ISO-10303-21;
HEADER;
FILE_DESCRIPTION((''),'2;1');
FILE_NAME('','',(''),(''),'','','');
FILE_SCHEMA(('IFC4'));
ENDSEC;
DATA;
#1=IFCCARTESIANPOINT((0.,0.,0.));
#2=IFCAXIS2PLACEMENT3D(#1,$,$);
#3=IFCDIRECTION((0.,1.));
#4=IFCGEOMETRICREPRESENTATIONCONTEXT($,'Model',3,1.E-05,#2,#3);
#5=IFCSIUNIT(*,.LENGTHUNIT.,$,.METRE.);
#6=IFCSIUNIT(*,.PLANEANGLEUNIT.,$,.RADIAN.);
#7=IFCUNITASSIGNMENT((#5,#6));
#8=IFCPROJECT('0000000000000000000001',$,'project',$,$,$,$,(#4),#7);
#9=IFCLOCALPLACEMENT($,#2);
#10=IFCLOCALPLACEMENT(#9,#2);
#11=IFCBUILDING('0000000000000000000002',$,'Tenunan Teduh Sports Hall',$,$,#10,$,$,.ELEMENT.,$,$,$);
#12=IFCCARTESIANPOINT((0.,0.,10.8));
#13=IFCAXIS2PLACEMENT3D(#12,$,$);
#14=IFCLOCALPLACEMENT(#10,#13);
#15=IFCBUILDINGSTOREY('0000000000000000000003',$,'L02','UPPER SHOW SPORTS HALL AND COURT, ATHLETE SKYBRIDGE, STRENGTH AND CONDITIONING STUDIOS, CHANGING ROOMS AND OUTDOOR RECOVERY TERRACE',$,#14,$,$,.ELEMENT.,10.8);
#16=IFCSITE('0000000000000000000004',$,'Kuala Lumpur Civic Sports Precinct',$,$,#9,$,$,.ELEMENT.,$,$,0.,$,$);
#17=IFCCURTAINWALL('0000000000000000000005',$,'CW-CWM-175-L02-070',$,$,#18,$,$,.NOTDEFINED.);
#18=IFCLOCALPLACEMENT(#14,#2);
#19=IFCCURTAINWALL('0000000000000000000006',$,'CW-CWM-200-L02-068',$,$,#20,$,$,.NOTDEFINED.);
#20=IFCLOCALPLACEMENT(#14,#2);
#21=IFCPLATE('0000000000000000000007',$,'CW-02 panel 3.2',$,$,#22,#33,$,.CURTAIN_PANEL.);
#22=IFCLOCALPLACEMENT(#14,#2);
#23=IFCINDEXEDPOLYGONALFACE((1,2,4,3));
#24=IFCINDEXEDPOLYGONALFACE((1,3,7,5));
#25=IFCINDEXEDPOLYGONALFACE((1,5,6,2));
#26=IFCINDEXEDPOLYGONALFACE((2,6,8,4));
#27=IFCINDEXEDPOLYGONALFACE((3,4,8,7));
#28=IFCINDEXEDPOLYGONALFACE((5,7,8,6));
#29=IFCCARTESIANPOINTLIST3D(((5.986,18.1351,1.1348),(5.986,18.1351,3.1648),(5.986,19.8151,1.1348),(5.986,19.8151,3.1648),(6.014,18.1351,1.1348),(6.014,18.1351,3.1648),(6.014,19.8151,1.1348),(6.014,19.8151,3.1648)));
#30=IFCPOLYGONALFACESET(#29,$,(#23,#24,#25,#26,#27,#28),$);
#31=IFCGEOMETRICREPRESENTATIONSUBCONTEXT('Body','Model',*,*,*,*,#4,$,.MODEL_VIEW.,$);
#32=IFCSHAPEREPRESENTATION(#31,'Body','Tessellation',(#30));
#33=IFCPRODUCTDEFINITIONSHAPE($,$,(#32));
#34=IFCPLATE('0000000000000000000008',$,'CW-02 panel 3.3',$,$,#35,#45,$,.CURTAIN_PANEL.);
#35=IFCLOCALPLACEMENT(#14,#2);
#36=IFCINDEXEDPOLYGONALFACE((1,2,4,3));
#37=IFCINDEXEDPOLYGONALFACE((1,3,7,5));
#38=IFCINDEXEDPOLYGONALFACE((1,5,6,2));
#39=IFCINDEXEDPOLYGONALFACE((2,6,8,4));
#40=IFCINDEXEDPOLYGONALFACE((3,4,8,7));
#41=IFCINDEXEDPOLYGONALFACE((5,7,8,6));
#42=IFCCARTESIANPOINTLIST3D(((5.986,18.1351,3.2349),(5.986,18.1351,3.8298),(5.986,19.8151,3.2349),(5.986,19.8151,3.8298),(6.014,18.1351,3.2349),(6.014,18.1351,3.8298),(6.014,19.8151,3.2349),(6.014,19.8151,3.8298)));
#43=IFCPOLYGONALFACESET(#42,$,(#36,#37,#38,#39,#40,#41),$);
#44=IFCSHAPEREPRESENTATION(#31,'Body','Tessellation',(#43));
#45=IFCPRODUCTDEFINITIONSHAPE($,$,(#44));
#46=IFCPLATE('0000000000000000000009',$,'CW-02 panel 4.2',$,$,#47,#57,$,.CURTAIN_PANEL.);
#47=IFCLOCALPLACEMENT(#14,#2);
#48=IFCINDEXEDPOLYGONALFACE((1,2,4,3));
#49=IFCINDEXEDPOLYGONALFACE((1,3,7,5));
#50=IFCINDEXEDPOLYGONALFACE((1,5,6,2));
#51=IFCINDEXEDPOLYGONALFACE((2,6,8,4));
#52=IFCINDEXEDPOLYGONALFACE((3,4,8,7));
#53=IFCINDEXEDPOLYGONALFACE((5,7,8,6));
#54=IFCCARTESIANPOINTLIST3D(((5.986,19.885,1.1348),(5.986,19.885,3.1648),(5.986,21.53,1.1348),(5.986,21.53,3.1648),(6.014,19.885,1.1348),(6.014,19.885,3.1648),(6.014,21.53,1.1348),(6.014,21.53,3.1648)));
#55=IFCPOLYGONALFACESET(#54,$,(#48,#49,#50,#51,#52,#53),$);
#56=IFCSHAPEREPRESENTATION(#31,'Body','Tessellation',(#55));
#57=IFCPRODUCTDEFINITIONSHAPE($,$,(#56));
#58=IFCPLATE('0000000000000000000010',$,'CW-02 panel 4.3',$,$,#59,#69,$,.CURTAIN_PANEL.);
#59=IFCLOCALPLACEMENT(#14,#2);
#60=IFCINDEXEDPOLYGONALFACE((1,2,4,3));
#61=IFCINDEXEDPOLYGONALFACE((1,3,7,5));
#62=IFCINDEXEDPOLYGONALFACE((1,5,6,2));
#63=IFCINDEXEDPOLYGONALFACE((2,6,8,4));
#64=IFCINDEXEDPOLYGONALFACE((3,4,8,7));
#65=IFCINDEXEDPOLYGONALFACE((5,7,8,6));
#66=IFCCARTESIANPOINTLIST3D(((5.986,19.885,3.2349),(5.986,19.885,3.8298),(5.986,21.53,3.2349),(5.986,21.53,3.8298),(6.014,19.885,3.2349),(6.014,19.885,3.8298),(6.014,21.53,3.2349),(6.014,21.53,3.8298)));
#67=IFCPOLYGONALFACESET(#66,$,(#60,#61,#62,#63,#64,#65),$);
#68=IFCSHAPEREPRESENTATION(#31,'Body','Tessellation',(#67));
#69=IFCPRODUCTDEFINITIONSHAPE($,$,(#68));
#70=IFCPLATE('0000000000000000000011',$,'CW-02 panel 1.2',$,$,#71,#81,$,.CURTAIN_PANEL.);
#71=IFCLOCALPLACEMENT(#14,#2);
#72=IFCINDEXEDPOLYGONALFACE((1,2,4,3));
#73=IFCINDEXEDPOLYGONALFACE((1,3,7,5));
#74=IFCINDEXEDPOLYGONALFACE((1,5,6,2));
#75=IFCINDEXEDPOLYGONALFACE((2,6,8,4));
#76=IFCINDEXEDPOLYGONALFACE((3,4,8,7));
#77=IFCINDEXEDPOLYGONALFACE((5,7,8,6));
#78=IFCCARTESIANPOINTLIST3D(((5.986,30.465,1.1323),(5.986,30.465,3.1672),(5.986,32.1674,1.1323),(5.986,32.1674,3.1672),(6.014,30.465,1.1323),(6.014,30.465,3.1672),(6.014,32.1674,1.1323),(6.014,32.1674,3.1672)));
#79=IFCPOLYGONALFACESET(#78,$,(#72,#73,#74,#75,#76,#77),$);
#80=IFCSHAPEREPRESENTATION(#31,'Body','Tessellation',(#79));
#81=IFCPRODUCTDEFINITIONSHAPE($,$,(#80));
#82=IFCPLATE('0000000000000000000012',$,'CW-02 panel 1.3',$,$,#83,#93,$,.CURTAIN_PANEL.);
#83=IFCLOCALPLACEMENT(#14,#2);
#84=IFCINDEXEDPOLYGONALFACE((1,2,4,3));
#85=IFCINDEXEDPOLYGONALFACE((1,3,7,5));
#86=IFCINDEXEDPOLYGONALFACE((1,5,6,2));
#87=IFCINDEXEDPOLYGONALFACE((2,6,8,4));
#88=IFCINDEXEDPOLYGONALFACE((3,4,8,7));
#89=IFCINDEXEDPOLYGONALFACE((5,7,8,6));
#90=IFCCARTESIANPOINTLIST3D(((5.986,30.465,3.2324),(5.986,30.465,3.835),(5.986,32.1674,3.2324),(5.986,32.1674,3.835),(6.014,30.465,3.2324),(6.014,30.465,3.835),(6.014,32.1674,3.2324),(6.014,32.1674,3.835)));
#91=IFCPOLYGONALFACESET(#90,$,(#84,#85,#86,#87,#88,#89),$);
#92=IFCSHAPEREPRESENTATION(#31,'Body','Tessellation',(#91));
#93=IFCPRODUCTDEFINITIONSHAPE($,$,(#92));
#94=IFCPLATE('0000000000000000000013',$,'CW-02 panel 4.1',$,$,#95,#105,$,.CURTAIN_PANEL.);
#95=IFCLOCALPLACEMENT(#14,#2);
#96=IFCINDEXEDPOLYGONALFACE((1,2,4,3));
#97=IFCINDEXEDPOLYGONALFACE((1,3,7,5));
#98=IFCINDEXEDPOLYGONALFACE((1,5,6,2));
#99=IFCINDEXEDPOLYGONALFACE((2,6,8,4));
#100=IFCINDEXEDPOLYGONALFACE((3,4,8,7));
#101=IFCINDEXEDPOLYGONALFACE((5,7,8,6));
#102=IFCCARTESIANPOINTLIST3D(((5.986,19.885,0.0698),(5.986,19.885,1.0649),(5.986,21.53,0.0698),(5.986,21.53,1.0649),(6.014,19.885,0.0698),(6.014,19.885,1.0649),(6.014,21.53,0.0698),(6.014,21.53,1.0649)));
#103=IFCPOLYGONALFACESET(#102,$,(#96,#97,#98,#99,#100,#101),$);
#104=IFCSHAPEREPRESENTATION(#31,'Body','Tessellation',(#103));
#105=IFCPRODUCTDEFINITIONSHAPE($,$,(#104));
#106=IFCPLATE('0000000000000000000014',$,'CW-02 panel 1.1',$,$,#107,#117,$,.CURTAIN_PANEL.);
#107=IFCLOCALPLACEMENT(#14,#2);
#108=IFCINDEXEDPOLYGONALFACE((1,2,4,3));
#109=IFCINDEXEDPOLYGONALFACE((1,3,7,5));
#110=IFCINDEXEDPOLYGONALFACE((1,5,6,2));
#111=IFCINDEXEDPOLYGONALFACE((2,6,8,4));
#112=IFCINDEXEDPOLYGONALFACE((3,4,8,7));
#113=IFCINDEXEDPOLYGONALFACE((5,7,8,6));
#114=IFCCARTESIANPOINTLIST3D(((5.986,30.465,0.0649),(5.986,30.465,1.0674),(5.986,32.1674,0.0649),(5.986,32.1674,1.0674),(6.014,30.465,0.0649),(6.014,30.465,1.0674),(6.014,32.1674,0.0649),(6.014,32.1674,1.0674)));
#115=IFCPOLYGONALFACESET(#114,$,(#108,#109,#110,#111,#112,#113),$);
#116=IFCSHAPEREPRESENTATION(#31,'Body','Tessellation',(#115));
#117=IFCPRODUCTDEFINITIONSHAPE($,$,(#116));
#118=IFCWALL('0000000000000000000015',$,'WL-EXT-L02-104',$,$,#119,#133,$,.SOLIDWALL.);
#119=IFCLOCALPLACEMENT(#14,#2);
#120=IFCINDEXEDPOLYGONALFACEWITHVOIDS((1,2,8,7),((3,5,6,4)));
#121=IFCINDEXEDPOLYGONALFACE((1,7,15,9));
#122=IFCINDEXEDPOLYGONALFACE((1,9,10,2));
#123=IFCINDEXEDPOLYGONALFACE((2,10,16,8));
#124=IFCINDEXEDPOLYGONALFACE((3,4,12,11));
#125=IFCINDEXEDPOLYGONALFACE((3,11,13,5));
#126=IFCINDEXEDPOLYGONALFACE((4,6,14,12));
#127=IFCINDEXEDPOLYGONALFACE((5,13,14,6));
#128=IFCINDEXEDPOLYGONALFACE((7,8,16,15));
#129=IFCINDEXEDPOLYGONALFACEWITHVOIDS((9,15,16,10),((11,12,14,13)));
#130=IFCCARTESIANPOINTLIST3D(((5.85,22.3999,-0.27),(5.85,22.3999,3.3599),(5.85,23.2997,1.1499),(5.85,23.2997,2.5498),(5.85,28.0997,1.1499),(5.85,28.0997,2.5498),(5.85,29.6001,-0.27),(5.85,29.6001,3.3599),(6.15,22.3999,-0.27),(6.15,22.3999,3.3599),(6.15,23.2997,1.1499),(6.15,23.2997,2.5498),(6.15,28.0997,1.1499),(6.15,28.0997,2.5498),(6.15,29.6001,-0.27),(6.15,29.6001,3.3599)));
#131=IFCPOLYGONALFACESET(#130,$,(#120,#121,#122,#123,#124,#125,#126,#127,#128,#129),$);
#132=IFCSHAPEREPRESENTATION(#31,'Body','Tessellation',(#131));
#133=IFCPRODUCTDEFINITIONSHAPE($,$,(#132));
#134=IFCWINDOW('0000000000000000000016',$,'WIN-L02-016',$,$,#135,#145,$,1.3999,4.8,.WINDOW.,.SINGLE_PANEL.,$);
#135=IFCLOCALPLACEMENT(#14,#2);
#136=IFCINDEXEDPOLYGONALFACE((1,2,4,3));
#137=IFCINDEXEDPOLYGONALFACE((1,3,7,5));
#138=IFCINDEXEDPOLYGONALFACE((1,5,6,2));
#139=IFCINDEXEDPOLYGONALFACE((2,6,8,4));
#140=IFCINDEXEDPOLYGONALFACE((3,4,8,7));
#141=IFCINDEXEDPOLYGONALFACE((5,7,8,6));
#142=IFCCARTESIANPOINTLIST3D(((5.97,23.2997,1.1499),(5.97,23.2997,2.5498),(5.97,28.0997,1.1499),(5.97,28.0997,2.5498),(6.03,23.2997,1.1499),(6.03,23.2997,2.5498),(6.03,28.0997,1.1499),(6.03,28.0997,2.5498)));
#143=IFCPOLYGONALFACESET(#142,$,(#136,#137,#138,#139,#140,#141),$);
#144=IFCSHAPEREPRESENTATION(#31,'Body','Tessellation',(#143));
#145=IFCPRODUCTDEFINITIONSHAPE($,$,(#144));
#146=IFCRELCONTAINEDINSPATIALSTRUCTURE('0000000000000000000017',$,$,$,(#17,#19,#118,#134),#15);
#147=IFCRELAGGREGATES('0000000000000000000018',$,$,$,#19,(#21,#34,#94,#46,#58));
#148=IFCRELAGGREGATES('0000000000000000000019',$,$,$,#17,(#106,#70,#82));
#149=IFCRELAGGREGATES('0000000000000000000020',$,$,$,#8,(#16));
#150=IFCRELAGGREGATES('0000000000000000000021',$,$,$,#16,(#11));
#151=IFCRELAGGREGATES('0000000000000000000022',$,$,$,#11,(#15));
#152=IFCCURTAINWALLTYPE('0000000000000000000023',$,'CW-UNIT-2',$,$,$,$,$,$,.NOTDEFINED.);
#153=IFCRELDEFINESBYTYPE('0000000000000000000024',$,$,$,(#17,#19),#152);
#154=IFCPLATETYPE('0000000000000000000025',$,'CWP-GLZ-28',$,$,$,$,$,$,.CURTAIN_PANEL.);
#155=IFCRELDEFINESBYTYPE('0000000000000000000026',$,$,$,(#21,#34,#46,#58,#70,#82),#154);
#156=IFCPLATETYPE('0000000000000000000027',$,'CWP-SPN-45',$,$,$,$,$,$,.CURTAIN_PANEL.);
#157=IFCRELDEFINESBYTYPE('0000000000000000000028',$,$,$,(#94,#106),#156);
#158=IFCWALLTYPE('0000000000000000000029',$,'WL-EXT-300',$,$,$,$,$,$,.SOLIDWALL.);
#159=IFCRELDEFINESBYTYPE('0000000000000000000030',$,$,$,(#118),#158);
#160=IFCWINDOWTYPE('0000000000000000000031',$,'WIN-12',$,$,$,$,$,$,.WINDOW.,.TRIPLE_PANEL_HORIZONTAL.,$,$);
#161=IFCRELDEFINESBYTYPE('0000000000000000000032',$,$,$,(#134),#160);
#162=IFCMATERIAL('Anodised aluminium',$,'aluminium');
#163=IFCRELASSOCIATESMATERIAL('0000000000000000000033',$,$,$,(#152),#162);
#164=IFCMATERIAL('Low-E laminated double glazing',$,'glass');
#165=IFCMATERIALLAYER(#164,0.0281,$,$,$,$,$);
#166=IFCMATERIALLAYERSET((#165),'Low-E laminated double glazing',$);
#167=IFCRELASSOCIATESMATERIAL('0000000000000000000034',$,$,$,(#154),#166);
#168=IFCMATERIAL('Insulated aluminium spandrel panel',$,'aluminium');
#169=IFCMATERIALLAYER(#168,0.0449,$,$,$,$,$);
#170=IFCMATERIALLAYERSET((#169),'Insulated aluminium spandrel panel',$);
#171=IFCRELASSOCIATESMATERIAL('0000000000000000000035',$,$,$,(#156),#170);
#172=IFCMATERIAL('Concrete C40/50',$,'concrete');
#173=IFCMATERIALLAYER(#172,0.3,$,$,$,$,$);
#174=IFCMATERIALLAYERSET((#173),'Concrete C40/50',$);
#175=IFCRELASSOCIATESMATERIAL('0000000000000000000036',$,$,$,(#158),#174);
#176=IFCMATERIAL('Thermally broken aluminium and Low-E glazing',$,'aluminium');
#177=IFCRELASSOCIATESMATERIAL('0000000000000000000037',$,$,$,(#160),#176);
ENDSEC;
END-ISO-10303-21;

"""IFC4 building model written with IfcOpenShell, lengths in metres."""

from ifc_helpers import new_model, si_unit, direction, frame, frame_2d, origin, origin_2d, place, context, subcontext, project, spatial, rectangle, extrude, material, layer, layer_set, type_object, element, fill, aggregate, save


model = new_model("IFC4")

# Units and contexts
model_context = context("Model", 3, precision=1e-05, world=origin(), true_north=direction((0.0, 1.0)))
body_context = subcontext(model_context, "Body", "Model", "MODEL_VIEW")
ifc_project = project(units=[si_unit("LENGTHUNIT", "METRE"), si_unit("PLANEANGLEUNIT", "RADIAN")], contexts=[model_context])

# Site, building, storey
site_placement = place(None, origin())
site = spatial("IfcSite", under=ifc_project, at=site_placement, Name="Kuala Lumpur Civic Sports Precinct", CompositionType="ELEMENT", RefElevation=0.0)
building_placement = place(site_placement, origin())
building = spatial("IfcBuilding", under=site, at=building_placement, Name="Tenunan Teduh Sports Hall", CompositionType="ELEMENT")
storey_placement = place(building_placement, frame((0.0, 0.0, 10.8)))
storey = spatial("IfcBuildingStorey", under=building, at=storey_placement, Name="L02", Description="UPPER SHOW SPORTS HALL AND COURT, ATHLETE SKYBRIDGE, STRENGTH AND CONDITIONING STUDIOS, CHANGING ROOMS AND OUTDOOR RECOVERY TERRACE", CompositionType="ELEMENT", Elevation=10.8)

# Curtain walls
ifc_material_1 = material(Name="Anodised aluminium", Category="aluminium")
curtain_wall_type = type_object("IfcCurtainWallType", Name="CW-UNIT-2", PredefinedType="NOTDEFINED", material=ifc_material_1)
curtain_wall_1_placement = place(storey_placement, origin())
curtain_wall_1 = element("IfcCurtainWall", 1, at=curtain_wall_1_placement, inside=storey, type_object=curtain_wall_type, Name="CW-CWM-175-L02-070", PredefinedType="NOTDEFINED")
curtain_wall_2_placement = place(storey_placement, origin())
curtain_wall_2 = element("IfcCurtainWall", 2, at=curtain_wall_2_placement, inside=storey, type_object=curtain_wall_type, Name="CW-CWM-200-L02-068", PredefinedType="NOTDEFINED")

# Plates
ifc_material_2 = material(Name="Low-E laminated double glazing", Category="glass")
ifc_layer_1 = layer(ifc_material_2, 0.0281)
ifc_layer_set_1 = layer_set([ifc_layer_1], Name="Low-E laminated double glazing")
plate_type_1 = type_object("IfcPlateType", Name="CWP-GLZ-28", PredefinedType="CURTAIN_PANEL", material=ifc_layer_set_1)
plate_1_placement = place(storey_placement, frame((6.0, 18.9751, 1.1348), z_axis=(0.0, 0.0, 1.0), x_axis=(0.0, 1.0, 0.0)))
plate_1 = element("IfcPlate", 3, at=plate_1_placement, type_object=plate_type_1, Name="CW-02 panel 3.2", PredefinedType="CURTAIN_PANEL", context=body_context, shape_type="SweptSolid", body=[
    extrude(rectangle(XDim=1.6799, YDim=0.0281, at=origin_2d()), origin(), (0.0, 0.0, 1.0), 2.03),
])
plate_2_placement = place(storey_placement, frame((6.0, 18.9751, 3.2349), z_axis=(0.0, 0.0, 1.0), x_axis=(0.0, 1.0, 0.0)))
plate_2 = element("IfcPlate", 4, at=plate_2_placement, type_object=plate_type_1, Name="CW-02 panel 3.3", PredefinedType="CURTAIN_PANEL", context=body_context, shape_type="SweptSolid", body=[
    extrude(rectangle(XDim=1.6799, YDim=0.0281, at=origin_2d()), origin(), (0.0, 0.0, 1.0), 0.595),
])
plate_3_placement = place(storey_placement, frame((6.0, 20.7075, 1.1348), z_axis=(0.0, 0.0, 1.0), x_axis=(0.0, 1.0, 0.0)))
plate_3 = element("IfcPlate", 5, at=plate_3_placement, type_object=plate_type_1, Name="CW-02 panel 4.2", PredefinedType="CURTAIN_PANEL", context=body_context, shape_type="SweptSolid", body=[
    extrude(rectangle(XDim=1.645, YDim=0.0281, at=origin_2d()), origin(), (0.0, 0.0, 1.0), 2.03),
])
plate_4_placement = place(storey_placement, frame((6.0, 20.7075, 3.2349), z_axis=(0.0, 0.0, 1.0), x_axis=(0.0, 1.0, 0.0)))
plate_4 = element("IfcPlate", 6, at=plate_4_placement, type_object=plate_type_1, Name="CW-02 panel 4.3", PredefinedType="CURTAIN_PANEL", context=body_context, shape_type="SweptSolid", body=[
    extrude(rectangle(XDim=1.645, YDim=0.0281, at=origin_2d()), origin(), (0.0, 0.0, 1.0), 0.595),
])
plate_5_placement = place(storey_placement, frame((6.0, 31.3162, 1.1323), z_axis=(0.0, 0.0, 1.0), x_axis=(0.0, 1.0, 0.0)))
plate_5 = element("IfcPlate", 7, at=plate_5_placement, type_object=plate_type_1, Name="CW-02 panel 1.2", PredefinedType="CURTAIN_PANEL", context=body_context, shape_type="SweptSolid", body=[
    extrude(rectangle(XDim=1.7024, YDim=0.0281, at=origin_2d()), origin(), (0.0, 0.0, 1.0), 2.0349),
])
plate_6_placement = place(storey_placement, frame((6.0, 31.3162, 3.2324), z_axis=(0.0, 0.0, 1.0), x_axis=(0.0, 1.0, 0.0)))
plate_6 = element("IfcPlate", 8, at=plate_6_placement, type_object=plate_type_1, Name="CW-02 panel 1.3", PredefinedType="CURTAIN_PANEL", context=body_context, shape_type="SweptSolid", body=[
    extrude(rectangle(XDim=1.7024, YDim=0.0281, at=origin_2d()), origin(), (0.0, 0.0, 1.0), 0.6025),
])
ifc_material_3 = material(Name="Insulated aluminium spandrel panel", Category="aluminium")
ifc_layer_2 = layer(ifc_material_3, 0.0449)
ifc_layer_set_2 = layer_set([ifc_layer_2], Name="Insulated aluminium spandrel panel")
plate_type_2 = type_object("IfcPlateType", Name="CWP-SPN-45", PredefinedType="CURTAIN_PANEL", material=ifc_layer_set_2)
plate_7_placement = place(storey_placement, frame((6.0, 20.7075, 0.0698), z_axis=(0.0, 0.0, 1.0), x_axis=(0.0, 1.0, 0.0)))
plate_7 = element("IfcPlate", 9, at=plate_7_placement, type_object=plate_type_2, Name="CW-02 panel 4.1", PredefinedType="CURTAIN_PANEL", context=body_context, shape_type="SweptSolid", body=[
    extrude(rectangle(XDim=1.645, YDim=0.0281, at=origin_2d()), origin(), (0.0, 0.0, 1.0), 0.9951),
])
aggregate(curtain_wall_2, [plate_1, plate_2, plate_7, plate_3, plate_4])
plate_8_placement = place(storey_placement, frame((6.0, 31.3162, 0.0649), z_axis=(0.0, 0.0, 1.0), x_axis=(0.0, 1.0, 0.0)))
plate_8 = element("IfcPlate", 10, at=plate_8_placement, type_object=plate_type_2, Name="CW-02 panel 1.1", PredefinedType="CURTAIN_PANEL", context=body_context, shape_type="SweptSolid", body=[
    extrude(rectangle(XDim=1.7024, YDim=0.0281, at=origin_2d()), origin(), (0.0, 0.0, 1.0), 1.0024),
])
aggregate(curtain_wall_1, [plate_8, plate_5, plate_6])

# Wall, opening, window
ifc_material_4 = material(Name="Concrete C40/50", Category="concrete")
ifc_layer_3 = layer(ifc_material_4, 0.3)
ifc_layer_set_3 = layer_set([ifc_layer_3], Name="Concrete C40/50")
wall_type = type_object("IfcWallType", Name="WL-EXT-300", PredefinedType="SOLIDWALL", material=ifc_layer_set_3)
wall_placement = place(storey_placement, frame((6.0, 22.3999, -0.27), z_axis=(0.0, 0.0, 1.0), x_axis=(0.0, 1.0, 0.0)))
wall = element("IfcWall", 11, at=wall_placement, inside=storey, type_object=wall_type, Name="WL-EXT-L02-104", PredefinedType="SOLIDWALL", context=body_context, shape_type="SweptSolid", body=[
    extrude(rectangle(XDim=7.2002, YDim=0.3, at=frame_2d((3.6001, 0.0))), origin(), (0.0, 0.0, 1.0), 3.6299),
])
opening_placement = place(wall_placement, frame((0.8999, 0.0, 1.4199)))
opening = element("IfcOpeningElement", 12, at=opening_placement, cuts=wall, PredefinedType="OPENING", context=body_context, shape_type="SweptSolid", body=[
    extrude(rectangle(XDim=4.8, YDim=1.3999, at=frame_2d((2.3999, 0.7))), frame((0.0, 0.1599, 0.0), z_axis=(0.0, -1.0, 0.0), x_axis=(1.0, 0.0, 0.0)), (0.0, 0.0, 1.0), 0.3201),
])
ifc_material_5 = material(Name="Thermally broken aluminium and Low-E glazing", Category="aluminium")
window_type = type_object("IfcWindowType", Name="WIN-12", PartitioningType="TRIPLE_PANEL_HORIZONTAL", PredefinedType="WINDOW", material=ifc_material_5)
window_placement = place(opening_placement, origin())
window = element("IfcWindow", 13, at=window_placement, inside=storey, type_object=window_type, Name="WIN-L02-016", OverallHeight=1.3999, OverallWidth=4.8, PartitioningType="SINGLE_PANEL", PredefinedType="WINDOW", context=body_context, shape_type="SweptSolid", body=[
    extrude(rectangle(XDim=4.8, YDim=1.3999, at=frame_2d((2.3999, 0.7))), frame((0.0, 0.03, 0.0), z_axis=(0.0, -1.0, 0.0), x_axis=(1.0, 0.0, 0.0)), (0.0, 0.0, 1.0), 0.0601),
])
fill(opening, window)

save(model, "model.ifc")
